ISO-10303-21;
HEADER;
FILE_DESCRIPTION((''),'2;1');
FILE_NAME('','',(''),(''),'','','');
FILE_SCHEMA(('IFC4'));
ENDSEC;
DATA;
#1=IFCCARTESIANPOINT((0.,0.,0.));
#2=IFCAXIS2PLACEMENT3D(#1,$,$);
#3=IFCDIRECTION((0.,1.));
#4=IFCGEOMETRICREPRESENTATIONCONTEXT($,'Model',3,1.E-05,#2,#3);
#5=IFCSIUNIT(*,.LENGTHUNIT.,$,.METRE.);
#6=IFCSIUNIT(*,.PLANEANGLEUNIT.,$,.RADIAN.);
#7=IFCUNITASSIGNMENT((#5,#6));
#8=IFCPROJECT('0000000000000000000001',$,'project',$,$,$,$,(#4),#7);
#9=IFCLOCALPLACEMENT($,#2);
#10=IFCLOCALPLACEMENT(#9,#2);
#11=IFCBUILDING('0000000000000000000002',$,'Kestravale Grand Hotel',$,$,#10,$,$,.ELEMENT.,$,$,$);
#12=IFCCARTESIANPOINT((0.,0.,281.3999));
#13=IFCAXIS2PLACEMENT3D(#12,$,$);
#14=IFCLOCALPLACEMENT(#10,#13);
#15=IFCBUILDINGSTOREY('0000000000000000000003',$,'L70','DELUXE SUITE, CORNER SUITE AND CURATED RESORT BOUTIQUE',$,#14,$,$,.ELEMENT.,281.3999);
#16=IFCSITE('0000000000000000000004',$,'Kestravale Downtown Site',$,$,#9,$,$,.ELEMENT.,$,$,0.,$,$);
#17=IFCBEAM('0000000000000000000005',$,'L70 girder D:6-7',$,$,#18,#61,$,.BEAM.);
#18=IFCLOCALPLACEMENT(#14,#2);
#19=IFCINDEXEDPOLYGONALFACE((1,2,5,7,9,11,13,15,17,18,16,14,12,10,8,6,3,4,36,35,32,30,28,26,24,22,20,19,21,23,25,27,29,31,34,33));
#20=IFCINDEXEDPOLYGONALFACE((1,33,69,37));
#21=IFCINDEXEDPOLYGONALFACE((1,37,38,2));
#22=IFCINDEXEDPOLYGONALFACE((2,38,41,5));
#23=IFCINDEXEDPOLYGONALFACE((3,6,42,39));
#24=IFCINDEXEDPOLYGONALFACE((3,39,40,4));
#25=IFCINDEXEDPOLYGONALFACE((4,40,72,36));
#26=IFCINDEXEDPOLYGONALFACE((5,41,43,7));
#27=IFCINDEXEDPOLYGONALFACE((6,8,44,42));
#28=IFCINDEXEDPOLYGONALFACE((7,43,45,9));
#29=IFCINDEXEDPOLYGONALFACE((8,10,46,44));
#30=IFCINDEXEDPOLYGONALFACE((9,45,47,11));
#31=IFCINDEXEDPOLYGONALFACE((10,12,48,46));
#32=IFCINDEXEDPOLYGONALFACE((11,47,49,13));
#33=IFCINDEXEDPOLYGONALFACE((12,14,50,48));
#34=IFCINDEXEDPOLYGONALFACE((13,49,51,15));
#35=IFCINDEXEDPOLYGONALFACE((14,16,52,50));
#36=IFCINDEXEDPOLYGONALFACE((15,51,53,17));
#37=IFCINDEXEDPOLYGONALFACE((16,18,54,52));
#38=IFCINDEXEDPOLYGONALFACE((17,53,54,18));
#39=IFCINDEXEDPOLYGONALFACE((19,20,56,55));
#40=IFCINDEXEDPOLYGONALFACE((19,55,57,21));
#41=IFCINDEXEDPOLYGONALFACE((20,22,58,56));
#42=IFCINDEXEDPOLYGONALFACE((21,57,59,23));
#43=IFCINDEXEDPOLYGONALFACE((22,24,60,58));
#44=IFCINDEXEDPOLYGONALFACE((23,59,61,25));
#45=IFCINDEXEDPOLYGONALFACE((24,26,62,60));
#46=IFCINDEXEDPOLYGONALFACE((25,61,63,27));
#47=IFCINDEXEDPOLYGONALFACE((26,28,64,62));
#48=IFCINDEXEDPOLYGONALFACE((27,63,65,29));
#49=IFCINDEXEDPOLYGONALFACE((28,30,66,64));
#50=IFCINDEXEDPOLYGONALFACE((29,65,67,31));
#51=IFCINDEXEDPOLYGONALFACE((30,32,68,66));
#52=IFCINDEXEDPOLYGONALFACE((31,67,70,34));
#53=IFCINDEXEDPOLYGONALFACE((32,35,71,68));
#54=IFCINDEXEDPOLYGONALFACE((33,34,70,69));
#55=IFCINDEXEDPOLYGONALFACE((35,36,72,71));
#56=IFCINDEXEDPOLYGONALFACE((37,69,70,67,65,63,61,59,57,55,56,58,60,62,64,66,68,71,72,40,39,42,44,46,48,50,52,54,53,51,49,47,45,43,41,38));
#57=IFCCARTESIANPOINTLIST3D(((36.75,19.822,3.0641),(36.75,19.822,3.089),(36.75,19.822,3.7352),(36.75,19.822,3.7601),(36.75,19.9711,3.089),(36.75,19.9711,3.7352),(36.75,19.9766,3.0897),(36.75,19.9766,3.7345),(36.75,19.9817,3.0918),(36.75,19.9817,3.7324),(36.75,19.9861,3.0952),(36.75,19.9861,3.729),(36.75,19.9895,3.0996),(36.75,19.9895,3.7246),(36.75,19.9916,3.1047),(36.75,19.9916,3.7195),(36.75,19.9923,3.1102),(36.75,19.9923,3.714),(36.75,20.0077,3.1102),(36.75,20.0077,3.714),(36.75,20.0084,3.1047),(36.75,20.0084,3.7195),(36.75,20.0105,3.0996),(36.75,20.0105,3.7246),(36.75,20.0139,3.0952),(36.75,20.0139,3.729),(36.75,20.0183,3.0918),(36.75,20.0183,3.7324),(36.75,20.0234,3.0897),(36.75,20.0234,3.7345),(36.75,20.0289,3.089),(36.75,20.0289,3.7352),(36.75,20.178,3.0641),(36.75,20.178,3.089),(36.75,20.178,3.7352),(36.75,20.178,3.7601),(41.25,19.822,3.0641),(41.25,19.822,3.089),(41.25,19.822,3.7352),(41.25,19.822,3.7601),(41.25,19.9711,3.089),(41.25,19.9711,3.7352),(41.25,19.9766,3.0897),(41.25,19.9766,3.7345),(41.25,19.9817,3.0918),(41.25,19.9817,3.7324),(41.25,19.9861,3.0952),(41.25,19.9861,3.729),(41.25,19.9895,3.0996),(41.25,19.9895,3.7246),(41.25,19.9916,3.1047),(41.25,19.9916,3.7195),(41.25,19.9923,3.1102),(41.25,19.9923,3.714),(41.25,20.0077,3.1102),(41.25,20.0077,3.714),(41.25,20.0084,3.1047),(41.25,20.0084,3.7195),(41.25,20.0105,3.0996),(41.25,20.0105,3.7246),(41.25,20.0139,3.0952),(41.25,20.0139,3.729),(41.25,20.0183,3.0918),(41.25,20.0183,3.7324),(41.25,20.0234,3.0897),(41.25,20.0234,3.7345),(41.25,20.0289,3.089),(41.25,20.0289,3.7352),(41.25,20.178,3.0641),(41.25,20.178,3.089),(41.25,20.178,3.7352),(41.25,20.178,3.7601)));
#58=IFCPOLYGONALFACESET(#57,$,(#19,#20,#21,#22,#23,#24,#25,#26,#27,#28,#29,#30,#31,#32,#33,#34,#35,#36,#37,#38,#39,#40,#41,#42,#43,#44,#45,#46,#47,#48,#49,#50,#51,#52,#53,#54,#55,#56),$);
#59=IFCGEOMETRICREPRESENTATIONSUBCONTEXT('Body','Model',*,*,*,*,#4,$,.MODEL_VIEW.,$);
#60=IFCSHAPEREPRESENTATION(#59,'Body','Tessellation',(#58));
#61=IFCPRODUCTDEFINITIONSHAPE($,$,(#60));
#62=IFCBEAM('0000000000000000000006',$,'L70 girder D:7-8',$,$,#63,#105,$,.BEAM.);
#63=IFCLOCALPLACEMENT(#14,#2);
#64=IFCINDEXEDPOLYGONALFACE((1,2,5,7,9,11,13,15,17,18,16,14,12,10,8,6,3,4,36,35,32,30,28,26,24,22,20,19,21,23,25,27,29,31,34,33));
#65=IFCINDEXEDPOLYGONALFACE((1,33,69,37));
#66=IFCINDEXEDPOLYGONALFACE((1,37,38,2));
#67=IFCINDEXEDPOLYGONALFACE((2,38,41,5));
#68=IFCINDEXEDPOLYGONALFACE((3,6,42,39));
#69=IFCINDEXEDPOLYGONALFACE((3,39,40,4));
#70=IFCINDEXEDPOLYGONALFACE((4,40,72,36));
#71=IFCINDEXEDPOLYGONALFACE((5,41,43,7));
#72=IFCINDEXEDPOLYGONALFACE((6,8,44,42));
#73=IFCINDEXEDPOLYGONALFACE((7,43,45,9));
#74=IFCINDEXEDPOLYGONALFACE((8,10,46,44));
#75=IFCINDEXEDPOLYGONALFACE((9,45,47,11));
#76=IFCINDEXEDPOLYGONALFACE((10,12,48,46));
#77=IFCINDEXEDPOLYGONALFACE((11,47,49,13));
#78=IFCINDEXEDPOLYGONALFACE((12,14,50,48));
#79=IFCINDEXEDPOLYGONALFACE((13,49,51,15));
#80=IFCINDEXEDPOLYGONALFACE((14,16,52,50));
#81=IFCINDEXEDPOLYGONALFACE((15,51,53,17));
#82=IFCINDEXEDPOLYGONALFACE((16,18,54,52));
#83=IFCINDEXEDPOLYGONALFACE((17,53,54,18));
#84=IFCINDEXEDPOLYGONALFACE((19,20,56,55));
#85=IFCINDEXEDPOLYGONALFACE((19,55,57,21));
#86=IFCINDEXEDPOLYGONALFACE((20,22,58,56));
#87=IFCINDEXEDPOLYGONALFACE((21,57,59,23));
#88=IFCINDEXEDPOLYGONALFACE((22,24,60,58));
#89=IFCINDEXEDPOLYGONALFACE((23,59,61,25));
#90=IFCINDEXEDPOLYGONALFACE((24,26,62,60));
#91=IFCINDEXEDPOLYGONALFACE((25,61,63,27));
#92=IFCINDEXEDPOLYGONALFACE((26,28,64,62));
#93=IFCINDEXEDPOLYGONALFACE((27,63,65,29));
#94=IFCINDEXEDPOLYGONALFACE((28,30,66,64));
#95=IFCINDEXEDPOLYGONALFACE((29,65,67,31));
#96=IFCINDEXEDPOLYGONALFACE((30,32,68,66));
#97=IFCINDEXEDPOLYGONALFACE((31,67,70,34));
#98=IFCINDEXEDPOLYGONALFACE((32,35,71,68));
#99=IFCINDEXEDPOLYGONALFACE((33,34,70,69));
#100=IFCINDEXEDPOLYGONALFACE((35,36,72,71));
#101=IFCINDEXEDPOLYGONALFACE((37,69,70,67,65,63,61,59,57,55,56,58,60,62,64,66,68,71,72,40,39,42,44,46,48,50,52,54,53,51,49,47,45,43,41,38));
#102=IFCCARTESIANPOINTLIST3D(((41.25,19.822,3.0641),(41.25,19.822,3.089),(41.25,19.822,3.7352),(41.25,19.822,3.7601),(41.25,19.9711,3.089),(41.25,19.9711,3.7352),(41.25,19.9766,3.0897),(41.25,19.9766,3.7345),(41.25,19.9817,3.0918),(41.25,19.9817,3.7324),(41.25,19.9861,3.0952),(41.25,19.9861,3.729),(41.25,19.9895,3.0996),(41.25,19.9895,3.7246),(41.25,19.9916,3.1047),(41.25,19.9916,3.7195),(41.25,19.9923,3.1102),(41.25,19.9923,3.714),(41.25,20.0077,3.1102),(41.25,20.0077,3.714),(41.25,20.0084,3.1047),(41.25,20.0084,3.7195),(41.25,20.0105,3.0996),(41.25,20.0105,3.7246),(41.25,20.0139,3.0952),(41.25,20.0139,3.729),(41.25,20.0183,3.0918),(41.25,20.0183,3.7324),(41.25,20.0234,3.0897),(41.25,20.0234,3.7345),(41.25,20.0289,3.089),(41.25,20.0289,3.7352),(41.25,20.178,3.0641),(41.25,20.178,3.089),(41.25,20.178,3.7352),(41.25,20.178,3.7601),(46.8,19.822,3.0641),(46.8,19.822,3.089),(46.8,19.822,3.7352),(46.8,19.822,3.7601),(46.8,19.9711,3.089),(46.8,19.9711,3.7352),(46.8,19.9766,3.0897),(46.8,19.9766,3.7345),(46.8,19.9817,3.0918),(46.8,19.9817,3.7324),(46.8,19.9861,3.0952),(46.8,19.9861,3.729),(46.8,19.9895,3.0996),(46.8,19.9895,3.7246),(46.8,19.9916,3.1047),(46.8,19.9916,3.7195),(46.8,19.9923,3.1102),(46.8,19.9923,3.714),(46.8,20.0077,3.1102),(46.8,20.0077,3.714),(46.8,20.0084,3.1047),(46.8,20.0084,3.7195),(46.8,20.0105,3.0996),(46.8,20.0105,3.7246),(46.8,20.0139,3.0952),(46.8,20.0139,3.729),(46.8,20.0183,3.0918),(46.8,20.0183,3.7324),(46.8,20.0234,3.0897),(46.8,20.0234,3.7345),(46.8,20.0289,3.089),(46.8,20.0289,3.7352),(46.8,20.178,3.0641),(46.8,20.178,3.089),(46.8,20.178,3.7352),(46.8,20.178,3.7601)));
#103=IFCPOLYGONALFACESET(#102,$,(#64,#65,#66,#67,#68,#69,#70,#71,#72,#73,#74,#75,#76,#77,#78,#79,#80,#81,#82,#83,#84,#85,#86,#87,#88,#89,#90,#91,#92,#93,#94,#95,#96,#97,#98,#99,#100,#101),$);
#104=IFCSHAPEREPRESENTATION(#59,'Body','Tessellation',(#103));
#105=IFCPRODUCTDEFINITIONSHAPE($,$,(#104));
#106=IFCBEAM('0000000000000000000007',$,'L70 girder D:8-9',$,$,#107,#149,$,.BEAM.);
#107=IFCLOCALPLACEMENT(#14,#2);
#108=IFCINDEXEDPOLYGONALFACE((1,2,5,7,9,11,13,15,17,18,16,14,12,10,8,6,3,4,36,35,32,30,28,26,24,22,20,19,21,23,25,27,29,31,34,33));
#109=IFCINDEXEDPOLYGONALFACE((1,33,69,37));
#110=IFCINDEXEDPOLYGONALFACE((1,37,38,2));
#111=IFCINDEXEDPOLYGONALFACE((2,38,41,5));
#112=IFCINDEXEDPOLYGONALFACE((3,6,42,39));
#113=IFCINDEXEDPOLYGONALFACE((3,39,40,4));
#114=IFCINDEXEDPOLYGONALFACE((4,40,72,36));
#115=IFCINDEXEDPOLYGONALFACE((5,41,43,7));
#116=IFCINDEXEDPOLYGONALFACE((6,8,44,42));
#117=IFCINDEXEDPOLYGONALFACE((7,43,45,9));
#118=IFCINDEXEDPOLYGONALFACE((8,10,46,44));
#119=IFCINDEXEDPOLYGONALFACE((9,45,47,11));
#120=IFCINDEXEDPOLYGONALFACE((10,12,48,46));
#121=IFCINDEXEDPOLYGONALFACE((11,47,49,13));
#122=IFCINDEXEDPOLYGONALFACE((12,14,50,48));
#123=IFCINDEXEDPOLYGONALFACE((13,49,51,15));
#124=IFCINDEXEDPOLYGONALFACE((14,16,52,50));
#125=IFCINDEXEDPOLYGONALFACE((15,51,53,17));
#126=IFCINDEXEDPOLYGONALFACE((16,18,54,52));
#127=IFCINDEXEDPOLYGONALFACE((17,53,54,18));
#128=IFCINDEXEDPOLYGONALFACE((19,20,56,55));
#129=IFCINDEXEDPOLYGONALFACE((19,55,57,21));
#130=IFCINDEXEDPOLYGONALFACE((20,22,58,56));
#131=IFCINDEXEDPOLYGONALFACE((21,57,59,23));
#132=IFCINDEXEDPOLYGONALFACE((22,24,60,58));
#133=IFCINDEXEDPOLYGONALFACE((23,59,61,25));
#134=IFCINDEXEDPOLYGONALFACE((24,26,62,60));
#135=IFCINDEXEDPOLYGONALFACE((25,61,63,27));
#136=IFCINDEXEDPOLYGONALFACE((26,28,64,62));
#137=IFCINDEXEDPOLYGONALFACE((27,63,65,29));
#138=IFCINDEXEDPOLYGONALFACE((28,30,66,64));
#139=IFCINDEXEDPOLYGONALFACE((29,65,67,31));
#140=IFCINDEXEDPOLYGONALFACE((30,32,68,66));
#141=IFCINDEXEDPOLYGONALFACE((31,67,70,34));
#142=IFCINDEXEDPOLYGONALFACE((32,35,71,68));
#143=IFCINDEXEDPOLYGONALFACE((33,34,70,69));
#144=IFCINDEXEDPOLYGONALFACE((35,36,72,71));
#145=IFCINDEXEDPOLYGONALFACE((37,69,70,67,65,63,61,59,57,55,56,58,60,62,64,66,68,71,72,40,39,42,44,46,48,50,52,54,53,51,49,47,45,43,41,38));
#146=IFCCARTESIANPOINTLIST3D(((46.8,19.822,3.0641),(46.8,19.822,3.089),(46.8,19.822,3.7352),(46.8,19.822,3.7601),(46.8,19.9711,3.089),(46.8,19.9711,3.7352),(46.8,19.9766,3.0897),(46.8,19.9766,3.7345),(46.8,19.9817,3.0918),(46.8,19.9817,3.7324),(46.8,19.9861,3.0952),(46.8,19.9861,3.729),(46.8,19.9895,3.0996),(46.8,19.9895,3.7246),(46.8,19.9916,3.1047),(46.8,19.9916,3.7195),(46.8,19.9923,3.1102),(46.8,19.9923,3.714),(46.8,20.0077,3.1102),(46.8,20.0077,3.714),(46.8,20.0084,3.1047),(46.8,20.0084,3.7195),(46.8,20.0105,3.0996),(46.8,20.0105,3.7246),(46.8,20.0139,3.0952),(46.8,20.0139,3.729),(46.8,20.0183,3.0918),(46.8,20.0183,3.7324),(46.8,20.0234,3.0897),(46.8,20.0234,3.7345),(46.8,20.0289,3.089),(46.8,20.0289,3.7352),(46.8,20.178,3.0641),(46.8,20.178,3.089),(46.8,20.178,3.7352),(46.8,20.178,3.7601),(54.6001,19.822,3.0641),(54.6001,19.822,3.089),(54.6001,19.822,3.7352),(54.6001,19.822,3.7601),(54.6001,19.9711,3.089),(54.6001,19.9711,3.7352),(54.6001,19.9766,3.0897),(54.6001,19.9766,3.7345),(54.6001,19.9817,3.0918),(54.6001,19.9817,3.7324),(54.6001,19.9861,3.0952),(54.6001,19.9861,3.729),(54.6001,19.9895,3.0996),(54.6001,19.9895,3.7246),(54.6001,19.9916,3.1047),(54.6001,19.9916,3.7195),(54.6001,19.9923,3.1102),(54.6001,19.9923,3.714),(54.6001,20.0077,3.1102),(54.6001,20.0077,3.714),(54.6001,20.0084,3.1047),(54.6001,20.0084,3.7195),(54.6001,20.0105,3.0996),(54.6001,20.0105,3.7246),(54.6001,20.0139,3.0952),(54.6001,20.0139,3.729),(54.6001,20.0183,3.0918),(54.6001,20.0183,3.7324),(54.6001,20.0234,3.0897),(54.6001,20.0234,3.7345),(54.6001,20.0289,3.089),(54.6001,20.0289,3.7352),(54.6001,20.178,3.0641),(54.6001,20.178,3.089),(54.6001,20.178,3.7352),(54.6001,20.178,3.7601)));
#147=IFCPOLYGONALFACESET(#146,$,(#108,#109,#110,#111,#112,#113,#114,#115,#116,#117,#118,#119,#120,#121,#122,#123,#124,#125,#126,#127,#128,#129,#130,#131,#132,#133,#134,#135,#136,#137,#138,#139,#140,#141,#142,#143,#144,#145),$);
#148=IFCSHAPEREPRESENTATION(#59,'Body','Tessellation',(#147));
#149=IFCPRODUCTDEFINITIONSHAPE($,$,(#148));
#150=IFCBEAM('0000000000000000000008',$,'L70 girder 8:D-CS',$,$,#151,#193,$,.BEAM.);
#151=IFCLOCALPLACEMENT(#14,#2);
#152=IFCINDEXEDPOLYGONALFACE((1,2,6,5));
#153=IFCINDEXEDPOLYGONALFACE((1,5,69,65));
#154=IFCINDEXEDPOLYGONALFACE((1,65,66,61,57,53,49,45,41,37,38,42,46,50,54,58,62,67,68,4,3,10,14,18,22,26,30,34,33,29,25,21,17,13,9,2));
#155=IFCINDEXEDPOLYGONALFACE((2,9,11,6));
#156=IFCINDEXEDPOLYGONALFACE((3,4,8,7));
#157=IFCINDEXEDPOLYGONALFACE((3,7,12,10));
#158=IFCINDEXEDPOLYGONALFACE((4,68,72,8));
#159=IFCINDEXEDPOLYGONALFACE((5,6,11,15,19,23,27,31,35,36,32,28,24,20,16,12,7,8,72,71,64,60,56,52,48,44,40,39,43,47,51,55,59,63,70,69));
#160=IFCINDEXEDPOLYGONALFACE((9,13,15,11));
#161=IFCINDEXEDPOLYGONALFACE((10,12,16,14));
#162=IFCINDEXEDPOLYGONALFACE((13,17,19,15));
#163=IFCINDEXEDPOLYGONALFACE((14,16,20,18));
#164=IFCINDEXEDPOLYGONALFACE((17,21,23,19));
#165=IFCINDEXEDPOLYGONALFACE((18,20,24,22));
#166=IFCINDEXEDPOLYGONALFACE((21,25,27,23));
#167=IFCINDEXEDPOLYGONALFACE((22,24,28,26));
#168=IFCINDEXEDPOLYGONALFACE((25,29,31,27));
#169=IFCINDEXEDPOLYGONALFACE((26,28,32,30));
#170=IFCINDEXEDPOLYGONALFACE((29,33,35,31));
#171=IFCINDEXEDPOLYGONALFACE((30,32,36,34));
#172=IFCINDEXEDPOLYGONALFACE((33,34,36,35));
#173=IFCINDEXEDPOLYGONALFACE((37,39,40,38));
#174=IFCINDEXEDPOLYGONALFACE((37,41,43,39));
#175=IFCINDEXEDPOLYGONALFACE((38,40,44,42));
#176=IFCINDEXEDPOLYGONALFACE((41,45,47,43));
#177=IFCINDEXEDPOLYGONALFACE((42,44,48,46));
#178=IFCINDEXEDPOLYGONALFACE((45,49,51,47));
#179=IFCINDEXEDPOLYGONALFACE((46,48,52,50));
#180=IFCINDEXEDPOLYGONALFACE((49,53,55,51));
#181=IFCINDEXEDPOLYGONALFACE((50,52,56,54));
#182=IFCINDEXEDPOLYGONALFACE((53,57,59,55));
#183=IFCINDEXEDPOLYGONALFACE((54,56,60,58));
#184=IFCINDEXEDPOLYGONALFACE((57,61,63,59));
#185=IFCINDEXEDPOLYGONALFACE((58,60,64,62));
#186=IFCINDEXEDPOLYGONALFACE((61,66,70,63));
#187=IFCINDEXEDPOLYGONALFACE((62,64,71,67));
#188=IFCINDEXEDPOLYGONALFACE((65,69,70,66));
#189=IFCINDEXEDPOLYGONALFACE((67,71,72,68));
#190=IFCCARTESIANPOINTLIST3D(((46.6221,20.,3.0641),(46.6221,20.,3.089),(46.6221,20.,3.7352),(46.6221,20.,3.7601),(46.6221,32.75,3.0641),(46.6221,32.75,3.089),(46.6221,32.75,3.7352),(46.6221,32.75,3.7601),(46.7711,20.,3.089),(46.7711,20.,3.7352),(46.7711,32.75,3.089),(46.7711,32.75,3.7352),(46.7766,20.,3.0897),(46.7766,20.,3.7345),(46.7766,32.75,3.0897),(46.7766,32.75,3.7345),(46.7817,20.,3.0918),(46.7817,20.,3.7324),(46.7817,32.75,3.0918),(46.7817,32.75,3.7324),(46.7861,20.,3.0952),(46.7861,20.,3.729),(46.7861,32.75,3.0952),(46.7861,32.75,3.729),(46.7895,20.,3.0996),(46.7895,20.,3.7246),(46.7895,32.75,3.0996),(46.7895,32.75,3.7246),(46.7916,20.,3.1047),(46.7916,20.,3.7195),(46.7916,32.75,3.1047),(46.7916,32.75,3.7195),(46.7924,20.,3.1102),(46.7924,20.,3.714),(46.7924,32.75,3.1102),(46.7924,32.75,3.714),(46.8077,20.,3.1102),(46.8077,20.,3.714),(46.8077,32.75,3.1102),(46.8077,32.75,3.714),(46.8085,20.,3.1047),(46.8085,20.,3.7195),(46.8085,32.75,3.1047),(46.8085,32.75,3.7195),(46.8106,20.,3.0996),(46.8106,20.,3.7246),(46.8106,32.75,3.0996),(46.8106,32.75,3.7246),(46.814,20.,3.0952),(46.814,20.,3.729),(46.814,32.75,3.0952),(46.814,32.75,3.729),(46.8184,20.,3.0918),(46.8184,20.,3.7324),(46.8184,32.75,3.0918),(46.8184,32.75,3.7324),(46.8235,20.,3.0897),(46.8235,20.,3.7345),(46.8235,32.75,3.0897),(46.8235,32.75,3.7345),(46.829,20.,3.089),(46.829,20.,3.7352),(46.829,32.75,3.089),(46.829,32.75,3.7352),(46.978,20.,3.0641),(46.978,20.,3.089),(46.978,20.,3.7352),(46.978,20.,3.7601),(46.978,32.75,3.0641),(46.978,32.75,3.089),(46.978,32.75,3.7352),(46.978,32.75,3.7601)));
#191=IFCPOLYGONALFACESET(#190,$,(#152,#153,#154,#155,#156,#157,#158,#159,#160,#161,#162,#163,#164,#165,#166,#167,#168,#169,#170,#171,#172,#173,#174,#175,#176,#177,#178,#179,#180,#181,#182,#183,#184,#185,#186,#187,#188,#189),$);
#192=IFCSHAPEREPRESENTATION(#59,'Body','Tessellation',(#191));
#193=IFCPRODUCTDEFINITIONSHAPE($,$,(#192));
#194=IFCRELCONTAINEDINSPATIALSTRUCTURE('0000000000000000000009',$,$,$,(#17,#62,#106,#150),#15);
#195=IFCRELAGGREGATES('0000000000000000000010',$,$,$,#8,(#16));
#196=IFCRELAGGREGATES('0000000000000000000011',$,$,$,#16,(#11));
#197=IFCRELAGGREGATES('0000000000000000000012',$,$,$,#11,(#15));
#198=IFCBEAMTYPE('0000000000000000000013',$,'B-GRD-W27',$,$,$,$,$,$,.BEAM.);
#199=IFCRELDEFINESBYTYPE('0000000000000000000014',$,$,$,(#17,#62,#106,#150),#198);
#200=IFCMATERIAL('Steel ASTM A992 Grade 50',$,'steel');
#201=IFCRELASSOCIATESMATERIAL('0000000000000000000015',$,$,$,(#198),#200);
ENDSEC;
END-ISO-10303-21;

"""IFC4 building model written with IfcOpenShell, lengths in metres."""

from ifc_helpers import new_model, si_unit, direction, frame, origin, origin_2d, place, context, subcontext, project, spatial, i_section, extrude, material, material_profile, profile_set, type_object, element, save


model = new_model("IFC4")

# Units and contexts
model_context = context("Model", 3, precision=1e-05, world=origin(), true_north=direction((0.0, 1.0)))
body_context = subcontext(model_context, "Body", "Model", "MODEL_VIEW")
ifc_project = project(units=[si_unit("LENGTHUNIT", "METRE"), si_unit("PLANEANGLEUNIT", "RADIAN")], contexts=[model_context])

# Site, building, storey
site_placement = place(None, origin())
site = spatial("IfcSite", under=ifc_project, at=site_placement, Name="Kestravale Downtown Site", CompositionType="ELEMENT", RefElevation=0.0)
building_placement = place(site_placement, origin())
building = spatial("IfcBuilding", under=site, at=building_placement, Name="Kestravale Grand Hotel", CompositionType="ELEMENT")
storey_placement = place(building_placement, frame((0.0, 0.0, 281.3999)))
storey = spatial("IfcBuildingStorey", under=building, at=storey_placement, Name="L70", Description="DELUXE SUITE, CORNER SUITE AND CURATED RESORT BOUTIQUE", CompositionType="ELEMENT", Elevation=281.3999)

# Beams
ifc_material_1 = material(Name="Steel ASTM A992 Grade 50", Category="steel")
ifc_material_profile_1 = material_profile(ifc_material_1, i_section(OverallWidth=0.356, OverallDepth=0.696, WebThickness=0.0154, FlangeThickness=0.0249, FilletRadius=0.0212, at=origin_2d()))
ifc_profile_set_1 = profile_set([ifc_material_profile_1], Name="Steel ASTM A992 Grade 50")
beam_type = type_object("IfcBeamType", Name="B-GRD-W27", PredefinedType="BEAM", material=ifc_profile_set_1)
beam_1_placement = place(storey_placement, frame((36.75, 20.0, 3.4121), z_axis=(1.0, 0.0, 0.0), x_axis=(0.0, 1.0, 0.0)))
element("IfcBeam", 1, at=beam_1_placement, inside=storey, type_object=beam_type, Name="L70 girder D:6-7", PredefinedType="BEAM", context=body_context, shape_type="SweptSolid", body=[
    extrude(i_section(OverallWidth=0.356, OverallDepth=0.696, WebThickness=0.0154, FlangeThickness=0.0249, FilletRadius=0.0212, at=origin_2d()), origin(), (0.0, 0.0, 1.0), 4.5),
])
beam_2_placement = place(storey_placement, frame((41.25, 20.0, 3.4121), z_axis=(1.0, 0.0, 0.0), x_axis=(0.0, 1.0, 0.0)))
element("IfcBeam", 2, at=beam_2_placement, inside=storey, type_object=beam_type, Name="L70 girder D:7-8", PredefinedType="BEAM", context=body_context, shape_type="SweptSolid", body=[
    extrude(i_section(OverallWidth=0.356, OverallDepth=0.696, WebThickness=0.0154, FlangeThickness=0.0249, FilletRadius=0.0212, at=origin_2d()), origin(), (0.0, 0.0, 1.0), 5.55),
])
beam_3_placement = place(storey_placement, frame((46.8, 20.0, 3.4121), z_axis=(1.0, 0.0, 0.0), x_axis=(0.0, 1.0, 0.0)))
element("IfcBeam", 3, at=beam_3_placement, inside=storey, type_object=beam_type, Name="L70 girder D:8-9", PredefinedType="BEAM", context=body_context, shape_type="SweptSolid", body=[
    extrude(i_section(OverallWidth=0.356, OverallDepth=0.696, WebThickness=0.0154, FlangeThickness=0.0249, FilletRadius=0.0212, at=origin_2d()), origin(), (0.0, 0.0, 1.0), 7.8),
])
beam_4_placement = place(storey_placement, frame((46.8, 20.0, 3.4121), z_axis=(0.0, 1.0, 0.0), x_axis=(-1.0, 0.0, 0.0)))
element("IfcBeam", 4, at=beam_4_placement, inside=storey, type_object=beam_type, Name="L70 girder 8:D-CS", PredefinedType="BEAM", context=body_context, shape_type="SweptSolid", body=[
    extrude(i_section(OverallWidth=0.356, OverallDepth=0.696, WebThickness=0.0154, FlangeThickness=0.0249, FilletRadius=0.0212, at=origin_2d()), origin(), (0.0, 0.0, 1.0), 12.75),
])

save(model, "model.ifc")
